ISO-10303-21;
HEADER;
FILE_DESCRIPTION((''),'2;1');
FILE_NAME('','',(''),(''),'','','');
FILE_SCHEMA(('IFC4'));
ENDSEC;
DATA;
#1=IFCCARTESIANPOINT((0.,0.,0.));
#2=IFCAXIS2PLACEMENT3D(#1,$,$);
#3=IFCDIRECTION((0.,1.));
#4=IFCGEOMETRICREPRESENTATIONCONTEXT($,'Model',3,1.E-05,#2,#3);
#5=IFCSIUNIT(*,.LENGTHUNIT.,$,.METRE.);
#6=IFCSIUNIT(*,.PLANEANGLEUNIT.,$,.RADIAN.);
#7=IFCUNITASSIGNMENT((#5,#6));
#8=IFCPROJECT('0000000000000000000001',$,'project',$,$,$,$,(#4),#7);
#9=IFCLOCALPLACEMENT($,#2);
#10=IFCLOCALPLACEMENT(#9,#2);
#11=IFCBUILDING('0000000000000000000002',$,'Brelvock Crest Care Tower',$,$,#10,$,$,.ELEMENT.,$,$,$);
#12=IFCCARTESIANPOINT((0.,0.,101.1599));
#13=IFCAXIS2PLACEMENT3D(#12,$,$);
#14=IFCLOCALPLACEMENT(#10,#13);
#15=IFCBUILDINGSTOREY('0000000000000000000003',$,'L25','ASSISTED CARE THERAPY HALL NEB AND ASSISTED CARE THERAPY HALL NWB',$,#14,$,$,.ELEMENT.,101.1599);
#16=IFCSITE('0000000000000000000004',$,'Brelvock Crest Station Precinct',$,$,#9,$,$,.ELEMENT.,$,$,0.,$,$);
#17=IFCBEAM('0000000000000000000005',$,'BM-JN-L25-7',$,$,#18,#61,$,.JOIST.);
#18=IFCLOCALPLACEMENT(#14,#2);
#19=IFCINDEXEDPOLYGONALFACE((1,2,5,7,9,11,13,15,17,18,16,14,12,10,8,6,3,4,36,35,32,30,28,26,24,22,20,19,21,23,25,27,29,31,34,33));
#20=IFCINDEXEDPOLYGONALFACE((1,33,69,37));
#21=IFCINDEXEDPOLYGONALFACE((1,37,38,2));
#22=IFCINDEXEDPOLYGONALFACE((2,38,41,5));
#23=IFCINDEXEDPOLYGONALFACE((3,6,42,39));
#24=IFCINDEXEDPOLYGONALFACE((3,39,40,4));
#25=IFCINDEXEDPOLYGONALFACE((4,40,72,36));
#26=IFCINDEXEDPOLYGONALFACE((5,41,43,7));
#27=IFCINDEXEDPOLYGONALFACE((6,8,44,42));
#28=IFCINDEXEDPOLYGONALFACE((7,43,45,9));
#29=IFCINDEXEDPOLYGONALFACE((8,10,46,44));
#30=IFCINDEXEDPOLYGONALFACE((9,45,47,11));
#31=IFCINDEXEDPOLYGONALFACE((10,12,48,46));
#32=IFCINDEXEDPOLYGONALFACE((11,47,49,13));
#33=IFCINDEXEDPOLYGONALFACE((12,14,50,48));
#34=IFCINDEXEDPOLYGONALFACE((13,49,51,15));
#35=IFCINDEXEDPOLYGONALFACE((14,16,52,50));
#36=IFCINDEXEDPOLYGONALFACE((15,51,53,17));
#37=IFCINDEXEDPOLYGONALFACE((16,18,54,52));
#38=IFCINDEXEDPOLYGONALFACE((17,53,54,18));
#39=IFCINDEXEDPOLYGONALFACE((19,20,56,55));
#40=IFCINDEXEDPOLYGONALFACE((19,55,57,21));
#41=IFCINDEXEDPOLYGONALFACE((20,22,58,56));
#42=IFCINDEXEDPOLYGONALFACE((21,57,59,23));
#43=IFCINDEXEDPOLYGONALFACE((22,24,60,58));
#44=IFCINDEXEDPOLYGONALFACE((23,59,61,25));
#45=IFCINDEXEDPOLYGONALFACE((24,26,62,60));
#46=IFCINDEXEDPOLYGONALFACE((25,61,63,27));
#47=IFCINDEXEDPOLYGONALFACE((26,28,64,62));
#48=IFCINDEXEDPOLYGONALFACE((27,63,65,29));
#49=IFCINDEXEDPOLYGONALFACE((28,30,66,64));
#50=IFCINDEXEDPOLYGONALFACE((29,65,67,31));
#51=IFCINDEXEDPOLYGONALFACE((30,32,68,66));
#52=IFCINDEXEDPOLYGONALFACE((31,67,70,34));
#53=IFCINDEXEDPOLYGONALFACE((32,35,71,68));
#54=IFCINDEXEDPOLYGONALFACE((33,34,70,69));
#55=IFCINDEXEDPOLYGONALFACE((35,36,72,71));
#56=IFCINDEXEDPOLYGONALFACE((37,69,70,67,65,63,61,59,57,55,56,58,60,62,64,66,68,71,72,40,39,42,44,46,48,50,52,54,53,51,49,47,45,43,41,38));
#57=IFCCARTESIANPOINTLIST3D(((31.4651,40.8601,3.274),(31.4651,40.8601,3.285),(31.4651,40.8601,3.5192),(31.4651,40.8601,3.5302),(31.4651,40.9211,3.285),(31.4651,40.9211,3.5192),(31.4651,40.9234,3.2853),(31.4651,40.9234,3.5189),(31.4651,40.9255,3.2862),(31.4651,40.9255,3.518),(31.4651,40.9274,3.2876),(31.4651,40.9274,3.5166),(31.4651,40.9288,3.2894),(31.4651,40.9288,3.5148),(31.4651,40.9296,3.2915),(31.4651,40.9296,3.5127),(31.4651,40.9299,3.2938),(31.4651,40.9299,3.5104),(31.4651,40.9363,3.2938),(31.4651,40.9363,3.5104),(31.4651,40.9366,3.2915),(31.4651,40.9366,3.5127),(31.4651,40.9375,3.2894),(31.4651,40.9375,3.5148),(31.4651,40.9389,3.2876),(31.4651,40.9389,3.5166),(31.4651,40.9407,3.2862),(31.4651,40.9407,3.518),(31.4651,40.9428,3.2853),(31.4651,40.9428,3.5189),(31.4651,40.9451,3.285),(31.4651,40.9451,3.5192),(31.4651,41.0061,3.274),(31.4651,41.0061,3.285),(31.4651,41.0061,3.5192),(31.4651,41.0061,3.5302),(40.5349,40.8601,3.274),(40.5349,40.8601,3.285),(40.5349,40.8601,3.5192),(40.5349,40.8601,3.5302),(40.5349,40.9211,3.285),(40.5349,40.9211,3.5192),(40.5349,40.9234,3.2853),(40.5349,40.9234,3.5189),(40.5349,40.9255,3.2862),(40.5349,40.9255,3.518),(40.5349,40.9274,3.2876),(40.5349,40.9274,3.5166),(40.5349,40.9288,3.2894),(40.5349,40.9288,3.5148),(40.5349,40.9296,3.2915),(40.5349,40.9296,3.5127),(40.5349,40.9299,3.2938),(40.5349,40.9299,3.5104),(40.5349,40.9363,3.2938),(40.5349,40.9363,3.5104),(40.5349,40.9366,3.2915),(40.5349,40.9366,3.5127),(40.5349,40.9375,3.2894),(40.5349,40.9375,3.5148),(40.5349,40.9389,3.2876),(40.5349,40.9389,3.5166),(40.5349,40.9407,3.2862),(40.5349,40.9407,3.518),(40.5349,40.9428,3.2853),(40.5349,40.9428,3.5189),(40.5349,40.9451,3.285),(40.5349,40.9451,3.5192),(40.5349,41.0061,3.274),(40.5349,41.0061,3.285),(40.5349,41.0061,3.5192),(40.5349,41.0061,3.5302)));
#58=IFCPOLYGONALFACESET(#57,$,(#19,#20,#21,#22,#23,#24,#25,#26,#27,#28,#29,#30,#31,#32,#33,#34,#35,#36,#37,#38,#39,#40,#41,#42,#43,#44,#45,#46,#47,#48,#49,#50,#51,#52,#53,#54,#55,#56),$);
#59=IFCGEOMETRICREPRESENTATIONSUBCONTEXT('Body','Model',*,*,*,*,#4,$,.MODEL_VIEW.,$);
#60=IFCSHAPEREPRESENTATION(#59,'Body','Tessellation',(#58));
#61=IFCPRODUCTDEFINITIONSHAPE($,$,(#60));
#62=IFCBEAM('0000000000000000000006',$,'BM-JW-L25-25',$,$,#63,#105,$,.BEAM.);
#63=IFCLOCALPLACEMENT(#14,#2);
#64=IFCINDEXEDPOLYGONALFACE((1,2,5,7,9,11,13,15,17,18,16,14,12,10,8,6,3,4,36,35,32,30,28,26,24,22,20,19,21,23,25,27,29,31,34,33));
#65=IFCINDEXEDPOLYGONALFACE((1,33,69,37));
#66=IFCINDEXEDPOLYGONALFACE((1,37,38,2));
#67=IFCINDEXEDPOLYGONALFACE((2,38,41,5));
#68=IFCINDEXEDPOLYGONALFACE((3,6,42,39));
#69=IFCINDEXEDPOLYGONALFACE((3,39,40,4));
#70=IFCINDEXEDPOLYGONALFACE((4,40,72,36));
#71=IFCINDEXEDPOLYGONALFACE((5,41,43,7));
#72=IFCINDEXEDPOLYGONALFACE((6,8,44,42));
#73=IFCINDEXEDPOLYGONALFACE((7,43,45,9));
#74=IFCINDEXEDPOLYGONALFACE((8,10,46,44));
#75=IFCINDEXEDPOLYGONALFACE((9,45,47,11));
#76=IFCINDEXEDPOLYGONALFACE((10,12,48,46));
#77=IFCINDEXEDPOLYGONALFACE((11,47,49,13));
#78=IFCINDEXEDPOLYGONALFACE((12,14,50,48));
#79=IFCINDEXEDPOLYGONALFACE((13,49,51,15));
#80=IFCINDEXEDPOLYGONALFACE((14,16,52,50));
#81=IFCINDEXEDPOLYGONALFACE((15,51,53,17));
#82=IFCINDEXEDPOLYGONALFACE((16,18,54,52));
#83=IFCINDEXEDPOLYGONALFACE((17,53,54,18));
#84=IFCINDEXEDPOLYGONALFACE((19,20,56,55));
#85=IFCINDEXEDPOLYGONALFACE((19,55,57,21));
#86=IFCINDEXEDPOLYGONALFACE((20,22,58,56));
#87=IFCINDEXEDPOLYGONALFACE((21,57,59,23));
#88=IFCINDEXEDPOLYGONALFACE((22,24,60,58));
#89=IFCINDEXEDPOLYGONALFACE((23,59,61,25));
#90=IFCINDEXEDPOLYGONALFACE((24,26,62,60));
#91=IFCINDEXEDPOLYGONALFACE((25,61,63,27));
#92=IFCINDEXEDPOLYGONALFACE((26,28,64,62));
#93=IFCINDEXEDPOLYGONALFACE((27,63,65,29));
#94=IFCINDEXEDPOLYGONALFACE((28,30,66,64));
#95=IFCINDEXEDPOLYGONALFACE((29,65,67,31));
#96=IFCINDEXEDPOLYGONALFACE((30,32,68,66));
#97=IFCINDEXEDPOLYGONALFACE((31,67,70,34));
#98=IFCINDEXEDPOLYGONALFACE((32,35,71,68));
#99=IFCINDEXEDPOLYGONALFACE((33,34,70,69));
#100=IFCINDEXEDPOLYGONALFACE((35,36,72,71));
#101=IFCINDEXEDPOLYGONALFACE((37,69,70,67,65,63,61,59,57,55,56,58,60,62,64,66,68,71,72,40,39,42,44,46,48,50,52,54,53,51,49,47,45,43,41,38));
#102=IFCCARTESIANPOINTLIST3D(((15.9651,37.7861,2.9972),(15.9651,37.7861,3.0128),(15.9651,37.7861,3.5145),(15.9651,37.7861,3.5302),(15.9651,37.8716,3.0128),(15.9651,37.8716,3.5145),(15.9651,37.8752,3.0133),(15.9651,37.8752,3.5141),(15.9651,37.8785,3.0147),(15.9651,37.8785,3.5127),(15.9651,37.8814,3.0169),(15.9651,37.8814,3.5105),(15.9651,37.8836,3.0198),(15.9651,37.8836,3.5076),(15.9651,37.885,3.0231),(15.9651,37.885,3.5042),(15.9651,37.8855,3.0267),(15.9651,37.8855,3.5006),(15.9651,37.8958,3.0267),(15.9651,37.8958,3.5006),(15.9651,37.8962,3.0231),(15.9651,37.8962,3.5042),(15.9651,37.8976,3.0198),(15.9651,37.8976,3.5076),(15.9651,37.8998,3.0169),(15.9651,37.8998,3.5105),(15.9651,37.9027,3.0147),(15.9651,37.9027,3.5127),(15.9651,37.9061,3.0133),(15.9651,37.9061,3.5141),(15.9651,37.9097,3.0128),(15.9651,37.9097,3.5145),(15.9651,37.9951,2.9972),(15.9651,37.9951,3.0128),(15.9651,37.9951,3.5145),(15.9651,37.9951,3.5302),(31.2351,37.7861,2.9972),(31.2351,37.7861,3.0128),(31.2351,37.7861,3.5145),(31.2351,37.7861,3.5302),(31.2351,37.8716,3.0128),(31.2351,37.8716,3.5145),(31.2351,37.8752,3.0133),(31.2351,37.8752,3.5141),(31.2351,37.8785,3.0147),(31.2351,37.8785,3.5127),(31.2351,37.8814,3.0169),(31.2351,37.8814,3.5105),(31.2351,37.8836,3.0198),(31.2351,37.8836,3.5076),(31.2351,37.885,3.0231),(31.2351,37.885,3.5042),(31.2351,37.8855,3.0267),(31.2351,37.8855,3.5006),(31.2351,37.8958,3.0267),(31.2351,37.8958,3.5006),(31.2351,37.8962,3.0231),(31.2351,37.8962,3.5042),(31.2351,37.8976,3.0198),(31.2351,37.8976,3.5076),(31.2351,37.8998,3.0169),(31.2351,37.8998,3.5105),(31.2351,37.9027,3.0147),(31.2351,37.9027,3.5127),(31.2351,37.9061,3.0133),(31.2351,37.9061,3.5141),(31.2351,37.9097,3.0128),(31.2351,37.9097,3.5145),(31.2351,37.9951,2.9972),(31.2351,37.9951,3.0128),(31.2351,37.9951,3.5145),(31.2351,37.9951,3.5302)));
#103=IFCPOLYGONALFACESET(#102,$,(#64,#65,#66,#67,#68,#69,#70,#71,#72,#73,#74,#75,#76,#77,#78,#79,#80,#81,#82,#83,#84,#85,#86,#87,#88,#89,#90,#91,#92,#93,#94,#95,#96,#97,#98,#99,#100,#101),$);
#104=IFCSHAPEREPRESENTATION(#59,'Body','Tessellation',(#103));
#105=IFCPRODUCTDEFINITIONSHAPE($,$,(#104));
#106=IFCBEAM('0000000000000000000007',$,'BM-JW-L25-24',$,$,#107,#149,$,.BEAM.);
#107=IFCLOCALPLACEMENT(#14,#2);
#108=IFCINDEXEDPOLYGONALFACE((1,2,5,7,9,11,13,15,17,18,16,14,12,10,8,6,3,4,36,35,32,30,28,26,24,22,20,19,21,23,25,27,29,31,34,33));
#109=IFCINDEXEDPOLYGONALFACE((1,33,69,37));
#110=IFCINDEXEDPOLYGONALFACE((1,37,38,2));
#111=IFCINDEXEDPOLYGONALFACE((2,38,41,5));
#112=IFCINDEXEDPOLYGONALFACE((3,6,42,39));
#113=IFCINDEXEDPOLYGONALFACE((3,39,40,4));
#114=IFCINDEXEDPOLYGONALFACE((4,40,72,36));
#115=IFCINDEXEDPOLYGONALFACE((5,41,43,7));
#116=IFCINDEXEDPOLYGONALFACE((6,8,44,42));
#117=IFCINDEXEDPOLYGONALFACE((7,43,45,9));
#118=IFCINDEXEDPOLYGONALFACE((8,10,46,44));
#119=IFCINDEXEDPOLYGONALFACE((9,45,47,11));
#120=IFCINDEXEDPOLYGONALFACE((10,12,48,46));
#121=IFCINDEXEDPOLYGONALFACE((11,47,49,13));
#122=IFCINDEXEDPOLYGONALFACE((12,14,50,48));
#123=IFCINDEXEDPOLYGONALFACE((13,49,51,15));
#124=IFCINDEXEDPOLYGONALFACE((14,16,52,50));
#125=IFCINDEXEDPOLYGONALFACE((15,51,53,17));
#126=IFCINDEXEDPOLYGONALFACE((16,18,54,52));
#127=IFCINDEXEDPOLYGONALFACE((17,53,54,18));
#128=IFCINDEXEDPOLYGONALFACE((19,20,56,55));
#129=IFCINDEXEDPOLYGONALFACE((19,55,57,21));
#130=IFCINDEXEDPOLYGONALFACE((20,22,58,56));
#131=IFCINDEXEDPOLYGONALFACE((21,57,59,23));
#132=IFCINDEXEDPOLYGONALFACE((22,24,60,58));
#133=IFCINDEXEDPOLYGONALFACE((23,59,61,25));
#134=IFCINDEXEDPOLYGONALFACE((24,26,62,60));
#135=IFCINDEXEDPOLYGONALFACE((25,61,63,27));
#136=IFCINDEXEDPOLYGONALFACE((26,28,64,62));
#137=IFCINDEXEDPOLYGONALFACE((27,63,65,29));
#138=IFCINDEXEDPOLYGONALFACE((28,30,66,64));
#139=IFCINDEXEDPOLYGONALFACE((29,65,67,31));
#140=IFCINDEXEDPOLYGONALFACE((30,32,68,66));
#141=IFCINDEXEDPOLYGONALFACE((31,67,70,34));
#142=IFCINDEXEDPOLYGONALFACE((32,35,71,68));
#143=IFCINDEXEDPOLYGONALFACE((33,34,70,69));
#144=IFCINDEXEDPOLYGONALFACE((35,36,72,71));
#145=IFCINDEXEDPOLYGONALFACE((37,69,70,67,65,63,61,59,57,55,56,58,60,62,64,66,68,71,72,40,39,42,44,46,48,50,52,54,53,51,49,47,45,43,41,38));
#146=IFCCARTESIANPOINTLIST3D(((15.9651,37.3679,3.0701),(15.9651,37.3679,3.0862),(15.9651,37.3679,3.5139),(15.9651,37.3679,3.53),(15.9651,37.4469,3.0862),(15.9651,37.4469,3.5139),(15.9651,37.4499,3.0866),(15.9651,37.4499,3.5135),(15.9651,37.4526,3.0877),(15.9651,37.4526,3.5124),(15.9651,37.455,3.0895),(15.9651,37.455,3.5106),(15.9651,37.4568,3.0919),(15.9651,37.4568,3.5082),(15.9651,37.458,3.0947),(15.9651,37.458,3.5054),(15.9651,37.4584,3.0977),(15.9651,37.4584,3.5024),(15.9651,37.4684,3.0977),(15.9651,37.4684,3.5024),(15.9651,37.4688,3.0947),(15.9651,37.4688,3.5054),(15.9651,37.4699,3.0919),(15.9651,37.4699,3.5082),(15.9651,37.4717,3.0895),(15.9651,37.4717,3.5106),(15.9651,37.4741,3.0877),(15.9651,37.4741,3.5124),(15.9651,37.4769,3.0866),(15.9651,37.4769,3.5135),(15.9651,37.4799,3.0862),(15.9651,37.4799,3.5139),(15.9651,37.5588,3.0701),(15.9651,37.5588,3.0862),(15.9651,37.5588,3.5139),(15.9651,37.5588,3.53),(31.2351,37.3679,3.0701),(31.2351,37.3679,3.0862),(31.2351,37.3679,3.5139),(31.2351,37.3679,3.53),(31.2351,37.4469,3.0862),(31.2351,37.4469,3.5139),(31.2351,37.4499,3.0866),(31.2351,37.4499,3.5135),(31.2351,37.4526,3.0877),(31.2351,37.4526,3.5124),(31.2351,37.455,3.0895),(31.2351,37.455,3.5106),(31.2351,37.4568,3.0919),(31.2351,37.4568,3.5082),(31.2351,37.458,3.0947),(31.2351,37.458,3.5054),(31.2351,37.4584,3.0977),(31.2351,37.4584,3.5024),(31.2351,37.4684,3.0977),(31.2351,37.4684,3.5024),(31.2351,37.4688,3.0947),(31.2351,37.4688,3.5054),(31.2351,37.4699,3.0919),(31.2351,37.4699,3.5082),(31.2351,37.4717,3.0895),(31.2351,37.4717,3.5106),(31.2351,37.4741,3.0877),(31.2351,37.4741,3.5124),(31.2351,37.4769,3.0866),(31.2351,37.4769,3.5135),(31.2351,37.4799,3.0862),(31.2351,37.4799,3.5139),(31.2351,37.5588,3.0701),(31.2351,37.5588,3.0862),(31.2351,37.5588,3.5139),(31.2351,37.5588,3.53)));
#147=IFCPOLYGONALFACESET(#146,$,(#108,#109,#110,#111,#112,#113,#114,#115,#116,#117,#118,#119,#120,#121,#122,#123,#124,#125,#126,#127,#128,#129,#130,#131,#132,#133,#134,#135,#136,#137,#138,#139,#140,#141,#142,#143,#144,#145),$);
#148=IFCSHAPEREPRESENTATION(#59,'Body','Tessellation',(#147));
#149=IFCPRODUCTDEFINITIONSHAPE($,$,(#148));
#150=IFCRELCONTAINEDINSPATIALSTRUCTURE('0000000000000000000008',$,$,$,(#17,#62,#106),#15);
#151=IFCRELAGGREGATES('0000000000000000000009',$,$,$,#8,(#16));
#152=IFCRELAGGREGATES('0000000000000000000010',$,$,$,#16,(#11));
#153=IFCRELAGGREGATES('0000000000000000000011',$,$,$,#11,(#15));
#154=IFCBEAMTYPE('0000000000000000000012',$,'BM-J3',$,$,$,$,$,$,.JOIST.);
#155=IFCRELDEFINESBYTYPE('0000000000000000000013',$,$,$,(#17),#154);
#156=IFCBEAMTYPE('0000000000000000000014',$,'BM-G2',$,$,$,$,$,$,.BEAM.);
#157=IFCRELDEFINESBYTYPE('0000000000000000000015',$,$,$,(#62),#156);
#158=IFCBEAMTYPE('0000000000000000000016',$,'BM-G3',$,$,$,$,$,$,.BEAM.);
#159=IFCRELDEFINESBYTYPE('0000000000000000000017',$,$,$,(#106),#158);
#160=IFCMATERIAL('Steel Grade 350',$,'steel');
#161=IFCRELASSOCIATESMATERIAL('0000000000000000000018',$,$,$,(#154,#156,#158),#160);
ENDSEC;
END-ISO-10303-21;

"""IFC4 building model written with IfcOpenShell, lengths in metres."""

from ifc_helpers import new_model, si_unit, direction, frame, origin, origin_2d, place, context, subcontext, project, spatial, i_section, extrude, source, transform, mapped, material, material_profile, profile_set, type_object, element, save


model = new_model("IFC4")

# Units and contexts
model_context = context("Model", 3, precision=1e-05, world=origin(), true_north=direction((0.0, 1.0)))
body_context = subcontext(model_context, "Body", "Model", "MODEL_VIEW")
ifc_project = project(units=[si_unit("LENGTHUNIT", "METRE"), si_unit("PLANEANGLEUNIT", "RADIAN")], contexts=[model_context])

# Site, building, storey
site_placement = place(None, origin())
site = spatial("IfcSite", under=ifc_project, at=site_placement, Name="Brelvock Crest Station Precinct", CompositionType="ELEMENT", RefElevation=0.0)
building_placement = place(site_placement, origin())
building = spatial("IfcBuilding", under=site, at=building_placement, Name="Brelvock Crest Care Tower", CompositionType="ELEMENT")
storey_placement = place(building_placement, frame((0.0, 0.0, 101.1599)))
storey = spatial("IfcBuildingStorey", under=building, at=storey_placement, Name="L25", Description="ASSISTED CARE THERAPY HALL NEB AND ASSISTED CARE THERAPY HALL NWB", CompositionType="ELEMENT", Elevation=101.1599)

# Beams
ifc_material_1 = material(Name="Steel Grade 350", Category="steel")
ifc_material_profile_1 = material_profile(ifc_material_1, i_section(OverallWidth=0.146, OverallDepth=0.2561, WebThickness=0.0063, FlangeThickness=0.011, FilletRadius=0.0088, at=origin_2d()), Name="250UB37.3")
ifc_profile_set_1 = profile_set([ifc_material_profile_1], Name="Steel Grade 350")
beam_type_1 = type_object("IfcBeamType", Name="BM-J3", PredefinedType="JOIST", material=ifc_profile_set_1)
shared_shape_1 = source(origin(), body_context, "Body", "SweptSolid", [
    extrude(i_section(OverallWidth=0.146, OverallDepth=0.2561, WebThickness=0.0063, FlangeThickness=0.011, FilletRadius=0.0088, at=origin_2d()), origin(), (0.0, 0.0, 1.0), 9.0698),
])
for number, where, z_axis, x_axis, name in (
    (1, (31.4651, 40.9331, 3.4021), (1.0, 0.0, 0.0), (0.0, 1.0, 0.0), "BM-JN-L25-7"),
):
    element("IfcBeam", number, at=place(storey_placement, frame(where, z_axis=z_axis, x_axis=x_axis)), inside=storey, type_object=beam_type_1, Name=name, PredefinedType="JOIST", context=body_context, shape_type="MappedRepresentation", body=[
        mapped(shared_shape_1, transform((0.0, 0.0, 0.0), x_axis=(1.0, 0.0, 0.0), y_axis=(0.0, 1.0, 0.0), z_axis=(0.0, 0.0, 1.0), scale=1.0)),
    ])
ifc_material_profile_2 = material_profile(ifc_material_1, i_section(OverallWidth=0.209, OverallDepth=0.533, WebThickness=0.0103, FlangeThickness=0.0156, FilletRadius=0.0139, at=origin_2d()), Name="530UB92.4")
ifc_profile_set_2 = profile_set([ifc_material_profile_2], Name="Steel Grade 350")
beam_type_2 = type_object("IfcBeamType", Name="BM-G2", PredefinedType="BEAM", material=ifc_profile_set_2)
shared_shape_2 = source(origin(), body_context, "Body", "SweptSolid", [
    extrude(i_section(OverallWidth=0.209, OverallDepth=0.533, WebThickness=0.0103, FlangeThickness=0.0156, FilletRadius=0.0139, at=origin_2d()), origin(), (0.0, 0.0, 1.0), 15.27),
])
beam_placement = place(storey_placement, frame((15.9651, 37.8906, 3.2637), z_axis=(1.0, 0.0, 0.0), x_axis=(0.0, 1.0, 0.0)))
element("IfcBeam", 2, at=beam_placement, inside=storey, type_object=beam_type_2, Name="BM-JW-L25-25", PredefinedType="BEAM", context=body_context, shape_type="MappedRepresentation", body=[
    mapped(shared_shape_2, transform((0.0, 0.0, 0.0), x_axis=(1.0, 0.0, 0.0), y_axis=(0.0, 1.0, 0.0), z_axis=(0.0, 0.0, 1.0), scale=1.0)),
])
ifc_material_profile_3 = material_profile(ifc_material_1, i_section(OverallWidth=0.1909, OverallDepth=0.46, WebThickness=0.01, FlangeThickness=0.0161, FilletRadius=0.0115, at=origin_2d()), Name="460UB82.1")
ifc_profile_set_3 = profile_set([ifc_material_profile_3], Name="Steel Grade 350")
beam_type_3 = type_object("IfcBeamType", Name="BM-G3", PredefinedType="BEAM", material=ifc_profile_set_3)
shared_shape_3 = source(origin(), body_context, "Body", "SweptSolid", [
    extrude(i_section(OverallWidth=0.1909, OverallDepth=0.46, WebThickness=0.01, FlangeThickness=0.0161, FilletRadius=0.0115, at=origin_2d()), origin(), (0.0, 0.0, 1.0), 15.27),
])
for number, where, z_axis, x_axis, name in (
    (3, (15.9651, 37.4634, 3.3), (1.0, 0.0, 0.0), (0.0, 1.0, 0.0), "BM-JW-L25-24"),
):
    element("IfcBeam", number, at=place(storey_placement, frame(where, z_axis=z_axis, x_axis=x_axis)), inside=storey, type_object=beam_type_3, Name=name, PredefinedType="BEAM", context=body_context, shape_type="MappedRepresentation", body=[
        mapped(shared_shape_3, transform((0.0, 0.0, 0.0), x_axis=(1.0, 0.0, 0.0), y_axis=(0.0, 1.0, 0.0), z_axis=(0.0, 0.0, 1.0), scale=1.0)),
    ])

save(model, "model.ifc")
